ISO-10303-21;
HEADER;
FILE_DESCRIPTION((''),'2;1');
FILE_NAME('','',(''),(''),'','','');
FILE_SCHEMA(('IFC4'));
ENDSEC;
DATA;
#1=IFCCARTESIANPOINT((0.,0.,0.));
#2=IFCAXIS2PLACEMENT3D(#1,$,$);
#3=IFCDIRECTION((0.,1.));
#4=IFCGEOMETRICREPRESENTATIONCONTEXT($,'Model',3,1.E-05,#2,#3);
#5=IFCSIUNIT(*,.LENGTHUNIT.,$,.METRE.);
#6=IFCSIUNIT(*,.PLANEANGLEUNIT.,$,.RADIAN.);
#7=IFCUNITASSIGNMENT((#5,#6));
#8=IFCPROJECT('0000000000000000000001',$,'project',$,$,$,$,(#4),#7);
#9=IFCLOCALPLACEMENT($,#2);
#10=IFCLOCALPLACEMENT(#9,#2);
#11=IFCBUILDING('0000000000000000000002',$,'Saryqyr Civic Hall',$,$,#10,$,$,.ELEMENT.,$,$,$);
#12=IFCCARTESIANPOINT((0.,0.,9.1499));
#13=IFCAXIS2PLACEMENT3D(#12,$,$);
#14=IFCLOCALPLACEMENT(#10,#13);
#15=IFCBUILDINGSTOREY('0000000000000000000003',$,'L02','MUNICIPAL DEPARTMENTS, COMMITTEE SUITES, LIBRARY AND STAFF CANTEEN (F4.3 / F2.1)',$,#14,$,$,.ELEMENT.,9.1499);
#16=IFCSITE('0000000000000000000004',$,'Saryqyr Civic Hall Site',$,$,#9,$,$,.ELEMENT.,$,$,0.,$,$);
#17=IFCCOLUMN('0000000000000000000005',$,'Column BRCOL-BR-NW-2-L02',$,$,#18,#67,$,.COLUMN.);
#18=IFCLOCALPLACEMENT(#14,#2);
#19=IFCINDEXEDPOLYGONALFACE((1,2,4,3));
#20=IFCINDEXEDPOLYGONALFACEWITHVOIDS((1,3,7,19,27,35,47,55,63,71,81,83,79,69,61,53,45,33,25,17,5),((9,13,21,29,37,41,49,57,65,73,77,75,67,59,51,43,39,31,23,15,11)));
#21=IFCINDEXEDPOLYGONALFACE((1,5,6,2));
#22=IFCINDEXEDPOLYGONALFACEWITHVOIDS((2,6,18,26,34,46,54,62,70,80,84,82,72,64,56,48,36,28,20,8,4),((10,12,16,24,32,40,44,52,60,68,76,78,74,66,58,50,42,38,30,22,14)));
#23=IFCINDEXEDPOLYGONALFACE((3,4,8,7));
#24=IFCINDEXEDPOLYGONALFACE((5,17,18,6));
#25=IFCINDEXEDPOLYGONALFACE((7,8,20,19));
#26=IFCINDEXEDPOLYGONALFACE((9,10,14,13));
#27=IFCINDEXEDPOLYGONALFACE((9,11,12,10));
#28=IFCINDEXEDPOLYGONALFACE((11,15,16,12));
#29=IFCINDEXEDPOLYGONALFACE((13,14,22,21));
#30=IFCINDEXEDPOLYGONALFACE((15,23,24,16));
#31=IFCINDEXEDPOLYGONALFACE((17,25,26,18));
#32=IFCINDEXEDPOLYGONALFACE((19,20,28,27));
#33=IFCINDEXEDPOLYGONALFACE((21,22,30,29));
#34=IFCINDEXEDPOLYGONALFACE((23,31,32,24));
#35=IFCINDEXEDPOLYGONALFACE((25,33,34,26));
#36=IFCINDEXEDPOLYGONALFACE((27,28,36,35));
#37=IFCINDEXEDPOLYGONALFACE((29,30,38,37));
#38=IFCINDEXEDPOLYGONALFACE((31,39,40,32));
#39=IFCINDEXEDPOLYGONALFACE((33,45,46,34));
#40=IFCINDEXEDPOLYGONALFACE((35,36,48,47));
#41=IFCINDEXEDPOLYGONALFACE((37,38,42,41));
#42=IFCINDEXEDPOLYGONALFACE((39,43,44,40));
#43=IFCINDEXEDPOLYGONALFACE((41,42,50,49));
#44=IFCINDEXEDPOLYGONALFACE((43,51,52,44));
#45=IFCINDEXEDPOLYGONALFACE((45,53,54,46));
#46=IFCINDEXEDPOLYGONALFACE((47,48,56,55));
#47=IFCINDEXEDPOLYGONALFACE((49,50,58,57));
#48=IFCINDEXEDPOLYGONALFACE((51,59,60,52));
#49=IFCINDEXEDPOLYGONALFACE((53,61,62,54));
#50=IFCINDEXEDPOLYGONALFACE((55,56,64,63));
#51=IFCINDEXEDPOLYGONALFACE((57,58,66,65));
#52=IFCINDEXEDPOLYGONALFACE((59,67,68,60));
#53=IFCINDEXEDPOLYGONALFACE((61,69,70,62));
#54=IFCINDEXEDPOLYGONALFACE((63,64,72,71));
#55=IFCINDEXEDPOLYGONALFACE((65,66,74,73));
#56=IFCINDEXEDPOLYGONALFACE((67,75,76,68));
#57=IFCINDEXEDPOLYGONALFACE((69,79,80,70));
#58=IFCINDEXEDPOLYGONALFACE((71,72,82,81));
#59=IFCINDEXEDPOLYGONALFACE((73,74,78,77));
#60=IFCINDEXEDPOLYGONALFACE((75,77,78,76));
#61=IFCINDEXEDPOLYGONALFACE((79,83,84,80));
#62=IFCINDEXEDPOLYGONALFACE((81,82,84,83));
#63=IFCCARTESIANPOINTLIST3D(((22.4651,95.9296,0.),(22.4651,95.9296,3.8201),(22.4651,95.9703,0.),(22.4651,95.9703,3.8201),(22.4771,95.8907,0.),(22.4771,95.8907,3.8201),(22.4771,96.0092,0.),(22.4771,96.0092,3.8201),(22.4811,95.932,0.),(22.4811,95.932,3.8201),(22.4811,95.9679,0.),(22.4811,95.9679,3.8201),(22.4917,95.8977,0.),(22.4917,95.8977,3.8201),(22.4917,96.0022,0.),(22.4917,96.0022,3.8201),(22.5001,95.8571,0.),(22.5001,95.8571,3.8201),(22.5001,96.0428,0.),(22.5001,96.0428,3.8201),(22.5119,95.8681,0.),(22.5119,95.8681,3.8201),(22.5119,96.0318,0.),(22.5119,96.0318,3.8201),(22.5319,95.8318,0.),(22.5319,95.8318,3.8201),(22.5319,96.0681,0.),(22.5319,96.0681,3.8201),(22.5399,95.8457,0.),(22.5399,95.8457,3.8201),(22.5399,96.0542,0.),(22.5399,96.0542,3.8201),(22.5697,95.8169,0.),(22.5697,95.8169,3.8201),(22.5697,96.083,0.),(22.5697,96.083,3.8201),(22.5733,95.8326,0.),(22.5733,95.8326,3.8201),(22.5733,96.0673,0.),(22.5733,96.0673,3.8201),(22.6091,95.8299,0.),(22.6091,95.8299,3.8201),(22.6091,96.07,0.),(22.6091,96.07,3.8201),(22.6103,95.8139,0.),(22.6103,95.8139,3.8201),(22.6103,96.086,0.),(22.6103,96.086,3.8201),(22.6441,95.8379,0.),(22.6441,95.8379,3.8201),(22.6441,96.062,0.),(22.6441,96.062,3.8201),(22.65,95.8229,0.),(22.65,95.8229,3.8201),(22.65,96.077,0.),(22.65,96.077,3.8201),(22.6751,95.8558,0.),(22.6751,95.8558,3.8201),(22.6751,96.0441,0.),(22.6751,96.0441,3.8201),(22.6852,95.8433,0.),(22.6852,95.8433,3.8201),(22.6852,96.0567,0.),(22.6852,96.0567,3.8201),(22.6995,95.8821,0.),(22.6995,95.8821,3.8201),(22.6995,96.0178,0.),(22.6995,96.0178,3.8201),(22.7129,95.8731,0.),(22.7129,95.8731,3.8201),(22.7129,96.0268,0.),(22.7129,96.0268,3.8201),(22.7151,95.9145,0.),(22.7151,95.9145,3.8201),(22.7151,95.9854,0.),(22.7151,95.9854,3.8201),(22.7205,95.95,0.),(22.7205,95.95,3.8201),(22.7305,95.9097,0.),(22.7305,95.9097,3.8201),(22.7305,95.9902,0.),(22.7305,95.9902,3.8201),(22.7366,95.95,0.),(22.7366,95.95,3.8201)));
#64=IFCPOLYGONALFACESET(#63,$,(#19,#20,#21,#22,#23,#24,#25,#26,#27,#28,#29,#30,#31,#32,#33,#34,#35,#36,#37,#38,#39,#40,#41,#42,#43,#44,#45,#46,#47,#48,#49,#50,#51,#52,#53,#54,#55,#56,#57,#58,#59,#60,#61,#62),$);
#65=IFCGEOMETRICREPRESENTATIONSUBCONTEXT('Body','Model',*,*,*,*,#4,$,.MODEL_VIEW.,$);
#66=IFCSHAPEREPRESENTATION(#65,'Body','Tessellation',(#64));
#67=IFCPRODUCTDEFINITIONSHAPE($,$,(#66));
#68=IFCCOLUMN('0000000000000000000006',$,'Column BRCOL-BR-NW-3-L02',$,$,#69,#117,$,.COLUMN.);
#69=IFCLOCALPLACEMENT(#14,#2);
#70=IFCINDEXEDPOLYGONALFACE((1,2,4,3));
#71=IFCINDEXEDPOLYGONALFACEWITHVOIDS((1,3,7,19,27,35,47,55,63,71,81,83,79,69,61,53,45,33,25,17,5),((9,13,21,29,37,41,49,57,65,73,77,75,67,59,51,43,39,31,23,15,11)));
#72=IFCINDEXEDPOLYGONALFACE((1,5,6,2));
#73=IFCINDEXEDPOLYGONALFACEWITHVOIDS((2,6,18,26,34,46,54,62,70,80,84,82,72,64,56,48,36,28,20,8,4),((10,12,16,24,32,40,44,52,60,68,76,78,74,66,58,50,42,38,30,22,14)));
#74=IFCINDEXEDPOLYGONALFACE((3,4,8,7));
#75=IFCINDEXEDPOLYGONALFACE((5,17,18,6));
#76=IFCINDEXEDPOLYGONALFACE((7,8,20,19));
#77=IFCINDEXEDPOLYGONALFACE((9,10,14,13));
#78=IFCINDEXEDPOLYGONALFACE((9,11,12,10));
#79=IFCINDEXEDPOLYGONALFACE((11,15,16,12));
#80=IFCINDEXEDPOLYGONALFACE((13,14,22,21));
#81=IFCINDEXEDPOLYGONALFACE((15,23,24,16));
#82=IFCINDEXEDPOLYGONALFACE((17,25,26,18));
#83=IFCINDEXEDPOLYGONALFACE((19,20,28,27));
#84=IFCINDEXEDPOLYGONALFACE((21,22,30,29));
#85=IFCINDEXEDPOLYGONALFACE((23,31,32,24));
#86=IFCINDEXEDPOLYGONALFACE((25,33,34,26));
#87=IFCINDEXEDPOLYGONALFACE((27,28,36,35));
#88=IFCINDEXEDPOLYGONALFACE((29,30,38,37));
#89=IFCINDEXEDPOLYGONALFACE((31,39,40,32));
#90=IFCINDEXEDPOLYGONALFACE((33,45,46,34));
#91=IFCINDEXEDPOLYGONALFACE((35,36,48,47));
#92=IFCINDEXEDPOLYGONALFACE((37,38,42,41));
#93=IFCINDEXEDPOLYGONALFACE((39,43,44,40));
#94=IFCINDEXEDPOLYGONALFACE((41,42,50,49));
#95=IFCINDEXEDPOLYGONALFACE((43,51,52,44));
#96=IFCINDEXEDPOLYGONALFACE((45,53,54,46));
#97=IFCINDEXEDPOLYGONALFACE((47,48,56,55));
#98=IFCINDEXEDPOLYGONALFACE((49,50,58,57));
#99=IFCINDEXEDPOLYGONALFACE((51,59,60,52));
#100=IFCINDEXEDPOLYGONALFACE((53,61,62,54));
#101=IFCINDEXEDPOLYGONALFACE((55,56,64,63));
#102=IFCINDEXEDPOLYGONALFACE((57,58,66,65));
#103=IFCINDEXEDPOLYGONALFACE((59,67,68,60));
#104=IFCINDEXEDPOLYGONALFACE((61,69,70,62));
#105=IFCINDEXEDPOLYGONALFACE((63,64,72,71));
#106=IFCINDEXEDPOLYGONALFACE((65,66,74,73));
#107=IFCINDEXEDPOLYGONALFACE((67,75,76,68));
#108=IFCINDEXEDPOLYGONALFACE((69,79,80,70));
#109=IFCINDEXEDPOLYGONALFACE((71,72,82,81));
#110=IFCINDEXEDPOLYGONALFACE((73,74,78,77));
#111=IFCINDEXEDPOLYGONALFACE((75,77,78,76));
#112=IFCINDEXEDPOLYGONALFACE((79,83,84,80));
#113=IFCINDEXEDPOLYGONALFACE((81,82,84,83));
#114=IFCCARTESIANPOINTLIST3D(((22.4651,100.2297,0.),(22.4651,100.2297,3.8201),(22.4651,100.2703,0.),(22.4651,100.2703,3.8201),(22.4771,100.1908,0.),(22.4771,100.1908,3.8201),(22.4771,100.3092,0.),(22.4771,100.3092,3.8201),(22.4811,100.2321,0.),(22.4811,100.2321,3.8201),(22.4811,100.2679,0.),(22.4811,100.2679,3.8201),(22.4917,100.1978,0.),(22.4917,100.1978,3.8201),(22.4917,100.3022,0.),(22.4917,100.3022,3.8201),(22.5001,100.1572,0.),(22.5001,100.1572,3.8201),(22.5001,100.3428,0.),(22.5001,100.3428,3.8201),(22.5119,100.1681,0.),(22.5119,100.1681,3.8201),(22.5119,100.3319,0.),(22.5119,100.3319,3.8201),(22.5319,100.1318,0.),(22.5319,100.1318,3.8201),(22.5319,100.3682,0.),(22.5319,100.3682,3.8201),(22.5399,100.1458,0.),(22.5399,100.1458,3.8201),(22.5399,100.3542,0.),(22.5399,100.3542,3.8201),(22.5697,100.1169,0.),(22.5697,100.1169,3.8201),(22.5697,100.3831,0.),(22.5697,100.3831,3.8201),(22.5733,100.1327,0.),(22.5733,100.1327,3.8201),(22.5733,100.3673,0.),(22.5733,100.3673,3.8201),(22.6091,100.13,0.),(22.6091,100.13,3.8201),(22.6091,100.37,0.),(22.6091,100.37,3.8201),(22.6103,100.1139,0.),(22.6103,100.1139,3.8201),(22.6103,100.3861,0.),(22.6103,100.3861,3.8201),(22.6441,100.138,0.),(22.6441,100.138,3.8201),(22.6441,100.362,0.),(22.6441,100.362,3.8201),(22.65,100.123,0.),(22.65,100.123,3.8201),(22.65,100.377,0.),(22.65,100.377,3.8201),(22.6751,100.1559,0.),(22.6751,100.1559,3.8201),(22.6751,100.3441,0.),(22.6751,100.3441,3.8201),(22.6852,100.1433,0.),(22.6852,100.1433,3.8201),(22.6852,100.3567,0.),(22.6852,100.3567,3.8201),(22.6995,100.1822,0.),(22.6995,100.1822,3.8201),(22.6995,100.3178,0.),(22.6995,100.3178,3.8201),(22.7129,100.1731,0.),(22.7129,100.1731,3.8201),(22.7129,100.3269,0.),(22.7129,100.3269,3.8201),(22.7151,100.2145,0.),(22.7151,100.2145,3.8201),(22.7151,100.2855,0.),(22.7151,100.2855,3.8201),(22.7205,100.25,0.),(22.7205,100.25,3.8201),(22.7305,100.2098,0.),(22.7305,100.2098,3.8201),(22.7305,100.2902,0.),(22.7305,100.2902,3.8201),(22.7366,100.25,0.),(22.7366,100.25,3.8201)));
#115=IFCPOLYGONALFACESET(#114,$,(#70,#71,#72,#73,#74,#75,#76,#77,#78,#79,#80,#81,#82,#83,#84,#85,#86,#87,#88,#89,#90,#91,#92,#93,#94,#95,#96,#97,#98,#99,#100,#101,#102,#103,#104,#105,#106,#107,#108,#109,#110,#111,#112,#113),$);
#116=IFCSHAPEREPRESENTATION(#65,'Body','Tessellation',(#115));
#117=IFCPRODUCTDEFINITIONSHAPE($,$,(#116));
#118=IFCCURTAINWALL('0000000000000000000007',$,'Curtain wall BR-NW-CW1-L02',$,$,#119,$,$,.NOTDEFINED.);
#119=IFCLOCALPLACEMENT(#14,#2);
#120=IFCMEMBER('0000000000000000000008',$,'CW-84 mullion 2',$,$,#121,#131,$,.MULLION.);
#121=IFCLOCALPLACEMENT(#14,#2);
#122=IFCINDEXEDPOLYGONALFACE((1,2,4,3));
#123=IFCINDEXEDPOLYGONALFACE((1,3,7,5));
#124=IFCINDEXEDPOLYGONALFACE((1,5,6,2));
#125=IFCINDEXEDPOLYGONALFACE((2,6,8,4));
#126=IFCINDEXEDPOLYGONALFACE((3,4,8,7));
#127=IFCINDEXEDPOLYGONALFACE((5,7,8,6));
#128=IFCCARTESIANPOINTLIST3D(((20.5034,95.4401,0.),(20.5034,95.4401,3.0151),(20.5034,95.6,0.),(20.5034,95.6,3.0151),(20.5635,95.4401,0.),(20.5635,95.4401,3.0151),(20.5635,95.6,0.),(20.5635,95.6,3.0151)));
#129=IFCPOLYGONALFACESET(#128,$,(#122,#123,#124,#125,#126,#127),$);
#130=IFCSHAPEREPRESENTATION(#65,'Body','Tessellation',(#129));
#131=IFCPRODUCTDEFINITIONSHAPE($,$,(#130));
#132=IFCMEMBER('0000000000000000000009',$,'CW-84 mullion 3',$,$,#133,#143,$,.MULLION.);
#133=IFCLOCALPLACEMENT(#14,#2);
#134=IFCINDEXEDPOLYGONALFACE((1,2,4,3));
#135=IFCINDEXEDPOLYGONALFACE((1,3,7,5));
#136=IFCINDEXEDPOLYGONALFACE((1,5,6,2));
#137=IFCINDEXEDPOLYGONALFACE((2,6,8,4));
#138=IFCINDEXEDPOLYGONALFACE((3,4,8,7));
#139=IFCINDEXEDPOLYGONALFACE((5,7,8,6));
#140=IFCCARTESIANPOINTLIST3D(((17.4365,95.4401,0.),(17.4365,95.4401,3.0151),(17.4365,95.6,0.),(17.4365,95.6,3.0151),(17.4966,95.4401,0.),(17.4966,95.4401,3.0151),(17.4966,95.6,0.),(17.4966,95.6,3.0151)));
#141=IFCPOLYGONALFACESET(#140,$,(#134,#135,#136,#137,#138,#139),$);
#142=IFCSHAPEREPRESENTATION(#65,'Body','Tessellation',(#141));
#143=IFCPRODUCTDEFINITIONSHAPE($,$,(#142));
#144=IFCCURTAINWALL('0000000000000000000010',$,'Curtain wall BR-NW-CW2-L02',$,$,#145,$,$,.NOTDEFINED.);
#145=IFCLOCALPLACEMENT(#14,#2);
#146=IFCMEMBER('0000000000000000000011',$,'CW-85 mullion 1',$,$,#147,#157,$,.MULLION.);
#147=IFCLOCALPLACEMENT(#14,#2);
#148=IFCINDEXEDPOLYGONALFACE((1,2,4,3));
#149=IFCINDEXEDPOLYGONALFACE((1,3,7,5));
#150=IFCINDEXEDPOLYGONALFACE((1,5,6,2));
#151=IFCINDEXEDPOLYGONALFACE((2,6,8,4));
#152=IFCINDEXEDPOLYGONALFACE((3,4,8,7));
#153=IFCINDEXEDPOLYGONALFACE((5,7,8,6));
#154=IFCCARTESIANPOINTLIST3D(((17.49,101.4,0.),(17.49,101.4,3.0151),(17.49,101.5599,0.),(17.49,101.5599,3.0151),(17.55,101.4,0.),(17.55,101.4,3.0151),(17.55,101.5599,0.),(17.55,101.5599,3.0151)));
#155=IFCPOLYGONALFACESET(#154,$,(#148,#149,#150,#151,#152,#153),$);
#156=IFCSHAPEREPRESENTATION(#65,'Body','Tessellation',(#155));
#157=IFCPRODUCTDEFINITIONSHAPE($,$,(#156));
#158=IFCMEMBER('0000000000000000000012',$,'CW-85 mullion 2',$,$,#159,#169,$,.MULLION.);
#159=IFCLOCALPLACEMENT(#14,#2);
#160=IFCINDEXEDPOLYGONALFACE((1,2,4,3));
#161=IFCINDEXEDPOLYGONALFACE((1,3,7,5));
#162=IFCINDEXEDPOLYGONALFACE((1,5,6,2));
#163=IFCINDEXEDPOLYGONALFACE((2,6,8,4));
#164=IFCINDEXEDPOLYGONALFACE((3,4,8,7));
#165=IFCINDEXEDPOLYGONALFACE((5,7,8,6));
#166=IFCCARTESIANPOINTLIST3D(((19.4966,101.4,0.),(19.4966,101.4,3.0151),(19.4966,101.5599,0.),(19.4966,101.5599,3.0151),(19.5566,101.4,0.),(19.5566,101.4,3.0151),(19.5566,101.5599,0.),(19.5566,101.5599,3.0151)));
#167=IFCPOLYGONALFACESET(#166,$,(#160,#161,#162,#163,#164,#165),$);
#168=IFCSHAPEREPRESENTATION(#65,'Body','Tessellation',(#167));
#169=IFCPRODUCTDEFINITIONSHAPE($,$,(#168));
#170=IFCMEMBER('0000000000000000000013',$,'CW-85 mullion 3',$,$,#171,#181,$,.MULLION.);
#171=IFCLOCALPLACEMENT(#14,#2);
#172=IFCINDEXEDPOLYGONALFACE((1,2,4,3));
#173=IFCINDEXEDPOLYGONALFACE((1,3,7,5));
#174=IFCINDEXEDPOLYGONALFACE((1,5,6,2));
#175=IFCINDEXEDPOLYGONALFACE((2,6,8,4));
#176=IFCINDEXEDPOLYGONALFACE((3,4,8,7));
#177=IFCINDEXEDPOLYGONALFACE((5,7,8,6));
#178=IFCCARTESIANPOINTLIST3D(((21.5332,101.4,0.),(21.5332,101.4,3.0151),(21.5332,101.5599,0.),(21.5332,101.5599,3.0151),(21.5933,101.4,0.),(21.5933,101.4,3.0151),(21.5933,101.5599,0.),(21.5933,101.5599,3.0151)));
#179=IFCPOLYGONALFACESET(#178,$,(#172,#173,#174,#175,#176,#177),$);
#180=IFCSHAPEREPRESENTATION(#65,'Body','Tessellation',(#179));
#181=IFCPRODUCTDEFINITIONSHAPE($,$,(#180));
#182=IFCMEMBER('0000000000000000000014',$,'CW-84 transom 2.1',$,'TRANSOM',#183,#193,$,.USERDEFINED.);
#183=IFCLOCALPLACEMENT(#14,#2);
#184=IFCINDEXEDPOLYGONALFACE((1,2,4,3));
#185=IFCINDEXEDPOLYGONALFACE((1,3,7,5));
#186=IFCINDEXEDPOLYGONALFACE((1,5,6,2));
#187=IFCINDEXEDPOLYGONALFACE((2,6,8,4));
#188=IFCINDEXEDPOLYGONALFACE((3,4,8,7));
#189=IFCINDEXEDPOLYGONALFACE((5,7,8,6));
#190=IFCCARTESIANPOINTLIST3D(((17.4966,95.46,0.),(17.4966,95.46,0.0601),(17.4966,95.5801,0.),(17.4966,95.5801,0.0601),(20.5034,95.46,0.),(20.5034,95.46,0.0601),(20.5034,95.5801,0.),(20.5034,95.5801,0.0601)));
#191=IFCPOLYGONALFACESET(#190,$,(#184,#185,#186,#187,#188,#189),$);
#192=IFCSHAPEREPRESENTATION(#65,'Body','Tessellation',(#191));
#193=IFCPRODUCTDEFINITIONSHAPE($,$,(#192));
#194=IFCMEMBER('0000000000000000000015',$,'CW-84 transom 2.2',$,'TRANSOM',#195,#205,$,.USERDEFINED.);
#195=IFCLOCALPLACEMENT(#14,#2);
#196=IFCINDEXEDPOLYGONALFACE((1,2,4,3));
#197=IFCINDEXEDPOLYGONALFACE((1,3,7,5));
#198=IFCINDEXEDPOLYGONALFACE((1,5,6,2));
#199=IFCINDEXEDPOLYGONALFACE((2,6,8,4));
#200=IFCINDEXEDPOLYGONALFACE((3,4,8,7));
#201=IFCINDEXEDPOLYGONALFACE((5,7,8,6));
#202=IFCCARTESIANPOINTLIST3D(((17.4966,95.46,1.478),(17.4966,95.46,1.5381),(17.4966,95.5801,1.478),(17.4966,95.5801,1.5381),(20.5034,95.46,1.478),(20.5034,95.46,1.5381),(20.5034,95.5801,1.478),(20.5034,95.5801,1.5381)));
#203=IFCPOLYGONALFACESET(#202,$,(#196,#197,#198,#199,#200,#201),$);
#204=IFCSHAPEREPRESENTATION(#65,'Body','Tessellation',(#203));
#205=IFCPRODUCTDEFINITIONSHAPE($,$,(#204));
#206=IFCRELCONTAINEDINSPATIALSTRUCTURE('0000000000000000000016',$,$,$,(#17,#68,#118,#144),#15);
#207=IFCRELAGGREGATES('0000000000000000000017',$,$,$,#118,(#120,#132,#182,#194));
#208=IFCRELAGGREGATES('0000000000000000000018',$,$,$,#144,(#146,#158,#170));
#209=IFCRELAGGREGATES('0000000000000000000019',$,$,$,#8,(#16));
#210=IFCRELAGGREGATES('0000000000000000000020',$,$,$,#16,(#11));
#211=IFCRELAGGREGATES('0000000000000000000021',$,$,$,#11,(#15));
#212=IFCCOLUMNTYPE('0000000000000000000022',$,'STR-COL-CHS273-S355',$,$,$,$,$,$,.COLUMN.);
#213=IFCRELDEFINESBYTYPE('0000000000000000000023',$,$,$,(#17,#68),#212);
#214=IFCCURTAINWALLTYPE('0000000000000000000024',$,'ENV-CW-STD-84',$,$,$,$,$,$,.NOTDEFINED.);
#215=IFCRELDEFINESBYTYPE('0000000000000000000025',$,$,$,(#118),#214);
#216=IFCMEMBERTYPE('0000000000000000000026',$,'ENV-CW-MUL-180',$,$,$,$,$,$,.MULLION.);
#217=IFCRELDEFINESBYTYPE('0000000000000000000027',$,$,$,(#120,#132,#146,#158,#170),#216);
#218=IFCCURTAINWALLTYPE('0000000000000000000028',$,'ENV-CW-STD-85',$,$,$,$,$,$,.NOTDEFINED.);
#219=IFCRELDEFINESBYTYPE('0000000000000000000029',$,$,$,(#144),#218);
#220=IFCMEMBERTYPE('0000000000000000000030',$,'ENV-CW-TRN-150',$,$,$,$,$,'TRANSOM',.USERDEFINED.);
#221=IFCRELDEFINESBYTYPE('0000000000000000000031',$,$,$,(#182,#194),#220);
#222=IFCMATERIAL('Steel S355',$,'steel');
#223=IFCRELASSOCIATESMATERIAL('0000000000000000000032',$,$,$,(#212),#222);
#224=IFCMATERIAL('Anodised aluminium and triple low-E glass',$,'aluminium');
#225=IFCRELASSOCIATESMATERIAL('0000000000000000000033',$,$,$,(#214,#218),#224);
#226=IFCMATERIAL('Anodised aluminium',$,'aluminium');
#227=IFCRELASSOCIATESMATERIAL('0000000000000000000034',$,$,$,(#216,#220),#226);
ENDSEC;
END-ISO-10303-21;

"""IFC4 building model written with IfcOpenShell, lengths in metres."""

from ifc_helpers import new_model, si_unit, direction, frame, origin, origin_2d, place, context, subcontext, project, spatial, rectangle, hollow_circle, extrude, material, material_profile, profile_set, type_object, element, aggregate, save


model = new_model("IFC4")

# Units and contexts
model_context = context("Model", 3, precision=1e-05, world=origin(), true_north=direction((0.0, 1.0)))
body_context = subcontext(model_context, "Body", "Model", "MODEL_VIEW")
ifc_project = project(units=[si_unit("LENGTHUNIT", "METRE"), si_unit("PLANEANGLEUNIT", "RADIAN")], contexts=[model_context])

# Site, building, storey
site_placement = place(None, origin())
site = spatial("IfcSite", under=ifc_project, at=site_placement, Name="Saryqyr Civic Hall Site", CompositionType="ELEMENT", RefElevation=0.0)
building_placement = place(site_placement, origin())
building = spatial("IfcBuilding", under=site, at=building_placement, Name="Saryqyr Civic Hall", CompositionType="ELEMENT")
storey_placement = place(building_placement, frame((0.0, 0.0, 9.1499)))
storey = spatial("IfcBuildingStorey", under=building, at=storey_placement, Name="L02", Description="MUNICIPAL DEPARTMENTS, COMMITTEE SUITES, LIBRARY AND STAFF CANTEEN (F4.3 / F2.1)", CompositionType="ELEMENT", Elevation=9.1499)

# Columns
ifc_material_1 = material(Name="Steel S355", Category="steel")
ifc_material_profile_1 = material_profile(ifc_material_1, hollow_circle(Radius=0.1365, WallThickness=0.0161, at=origin_2d()), Name="CHS 273x16")
ifc_profile_set_1 = profile_set([ifc_material_profile_1], Name="Steel S355")
column_type = type_object("IfcColumnType", Name="STR-COL-CHS273-S355", PredefinedType="COLUMN", material=ifc_profile_set_1)
for number, where, z_axis, x_axis, name in (
    (1, (22.6001, 95.95, 0.0), (0.0, 0.0, 1.0), (1.0, 0.0, 0.0), "Column BRCOL-BR-NW-2-L02"),
    (2, (22.6001, 100.25, 0.0), (0.0, 0.0, 1.0), (1.0, 0.0, 0.0), "Column BRCOL-BR-NW-3-L02"),
):
    element("IfcColumn", number, at=place(storey_placement, frame(where, z_axis=z_axis, x_axis=x_axis)), inside=storey, type_object=column_type, Name=name, PredefinedType="COLUMN", context=body_context, shape_type="SweptSolid", body=[
        extrude(hollow_circle(Radius=0.1365, WallThickness=0.0161, at=origin_2d()), origin(), (0.0, 0.0, 1.0), 3.8201),
    ])

# Curtain walls, members
ifc_material_2 = material(Name="Anodised aluminium and triple low-E glass", Category="aluminium")
curtain_wall_type_1 = type_object("IfcCurtainWallType", Name="ENV-CW-STD-84", PredefinedType="NOTDEFINED", material=ifc_material_2)
curtain_wall_1_placement = place(storey_placement, origin())
curtain_wall_1 = element("IfcCurtainWall", 3, at=curtain_wall_1_placement, inside=storey, type_object=curtain_wall_type_1, Name="Curtain wall BR-NW-CW1-L02", PredefinedType="NOTDEFINED")
ifc_material_3 = material(Name="Anodised aluminium", Category="aluminium")
ifc_material_profile_2 = material_profile(ifc_material_3, rectangle(XDim=0.0601, YDim=0.1599, at=origin_2d()), Name="ALU MULLION 60x160")
ifc_profile_set_2 = profile_set([ifc_material_profile_2], Name="Anodised aluminium")
member_type_1 = type_object("IfcMemberType", Name="ENV-CW-MUL-180", PredefinedType="MULLION", material=ifc_profile_set_2)
member_1_placement = place(storey_placement, frame((20.5334, 95.52, 0.0), z_axis=(0.0, 0.0, 1.0), x_axis=(-1.0, 0.0, 0.0)))
member_1 = element("IfcMember", 4, at=member_1_placement, type_object=member_type_1, Name="CW-84 mullion 2", PredefinedType="MULLION", context=body_context, shape_type="SweptSolid", body=[
    extrude(rectangle(XDim=0.0601, YDim=0.1599, at=origin_2d()), origin(), (0.0, 0.0, 1.0), 3.0151),
])
member_2_placement = place(storey_placement, frame((17.4666, 95.52, 0.0), z_axis=(0.0, 0.0, 1.0), x_axis=(-1.0, 0.0, 0.0)))
member_2 = element("IfcMember", 5, at=member_2_placement, type_object=member_type_1, Name="CW-84 mullion 3", PredefinedType="MULLION", context=body_context, shape_type="SweptSolid", body=[
    extrude(rectangle(XDim=0.0601, YDim=0.1599, at=origin_2d()), origin(), (0.0, 0.0, 1.0), 3.0151),
])
curtain_wall_type_2 = type_object("IfcCurtainWallType", Name="ENV-CW-STD-85", PredefinedType="NOTDEFINED", material=ifc_material_2)
curtain_wall_2_placement = place(storey_placement, origin())
curtain_wall_2 = element("IfcCurtainWall", 6, at=curtain_wall_2_placement, inside=storey, type_object=curtain_wall_type_2, Name="Curtain wall BR-NW-CW2-L02", PredefinedType="NOTDEFINED")
member_3_placement = place(storey_placement, frame((17.52, 101.48, 0.0), z_axis=(0.0, 0.0, 1.0), x_axis=(1.0, 0.0, 0.0)))
member_3 = element("IfcMember", 7, at=member_3_placement, type_object=member_type_1, Name="CW-85 mullion 1", PredefinedType="MULLION", context=body_context, shape_type="SweptSolid", body=[
    extrude(rectangle(XDim=0.0601, YDim=0.1599, at=origin_2d()), origin(), (0.0, 0.0, 1.0), 3.0151),
])
member_4_placement = place(storey_placement, frame((19.5266, 101.48, 0.0), z_axis=(0.0, 0.0, 1.0), x_axis=(1.0, 0.0, 0.0)))
member_4 = element("IfcMember", 8, at=member_4_placement, type_object=member_type_1, Name="CW-85 mullion 2", PredefinedType="MULLION", context=body_context, shape_type="SweptSolid", body=[
    extrude(rectangle(XDim=0.0601, YDim=0.1599, at=origin_2d()), origin(), (0.0, 0.0, 1.0), 3.0151),
])
member_5_placement = place(storey_placement, frame((21.5632, 101.48, 0.0), z_axis=(0.0, 0.0, 1.0), x_axis=(1.0, 0.0, 0.0)))
member_5 = element("IfcMember", 9, at=member_5_placement, type_object=member_type_1, Name="CW-85 mullion 3", PredefinedType="MULLION", context=body_context, shape_type="SweptSolid", body=[
    extrude(rectangle(XDim=0.0601, YDim=0.1599, at=origin_2d()), origin(), (0.0, 0.0, 1.0), 3.0151),
])

# Members
ifc_material_profile_3 = material_profile(ifc_material_3, rectangle(XDim=0.1201, YDim=0.0601, at=origin_2d()), Name="ALU TRANSOM 120x60")
ifc_profile_set_3 = profile_set([ifc_material_profile_3], Name="Anodised aluminium")
member_type_2 = type_object("IfcMemberType", Name="ENV-CW-TRN-150", ElementType="TRANSOM", PredefinedType="USERDEFINED", material=ifc_profile_set_3)
member_6_placement = place(storey_placement, frame((20.5034, 95.52, 0.03), z_axis=(-1.0, 0.0, 0.0), x_axis=(0.0, -1.0, 0.0)))
member_6 = element("IfcMember", 10, at=member_6_placement, type_object=member_type_2, Name="CW-84 transom 2.1", ObjectType="TRANSOM", PredefinedType="USERDEFINED", context=body_context, shape_type="SweptSolid", body=[
    extrude(rectangle(XDim=0.1201, YDim=0.0601, at=origin_2d()), origin(), (0.0, 0.0, 1.0), 3.0068),
])
member_7_placement = place(storey_placement, frame((20.5034, 95.52, 1.5081), z_axis=(-1.0, 0.0, 0.0), x_axis=(0.0, -1.0, 0.0)))
member_7 = element("IfcMember", 11, at=member_7_placement, type_object=member_type_2, Name="CW-84 transom 2.2", ObjectType="TRANSOM", PredefinedType="USERDEFINED", context=body_context, shape_type="SweptSolid", body=[
    extrude(rectangle(XDim=0.1201, YDim=0.0601, at=origin_2d()), origin(), (0.0, 0.0, 1.0), 3.0068),
])

aggregate(curtain_wall_1, [member_1, member_2, member_6, member_7])
aggregate(curtain_wall_2, [member_3, member_4, member_5])

save(model, "model.ifc")
